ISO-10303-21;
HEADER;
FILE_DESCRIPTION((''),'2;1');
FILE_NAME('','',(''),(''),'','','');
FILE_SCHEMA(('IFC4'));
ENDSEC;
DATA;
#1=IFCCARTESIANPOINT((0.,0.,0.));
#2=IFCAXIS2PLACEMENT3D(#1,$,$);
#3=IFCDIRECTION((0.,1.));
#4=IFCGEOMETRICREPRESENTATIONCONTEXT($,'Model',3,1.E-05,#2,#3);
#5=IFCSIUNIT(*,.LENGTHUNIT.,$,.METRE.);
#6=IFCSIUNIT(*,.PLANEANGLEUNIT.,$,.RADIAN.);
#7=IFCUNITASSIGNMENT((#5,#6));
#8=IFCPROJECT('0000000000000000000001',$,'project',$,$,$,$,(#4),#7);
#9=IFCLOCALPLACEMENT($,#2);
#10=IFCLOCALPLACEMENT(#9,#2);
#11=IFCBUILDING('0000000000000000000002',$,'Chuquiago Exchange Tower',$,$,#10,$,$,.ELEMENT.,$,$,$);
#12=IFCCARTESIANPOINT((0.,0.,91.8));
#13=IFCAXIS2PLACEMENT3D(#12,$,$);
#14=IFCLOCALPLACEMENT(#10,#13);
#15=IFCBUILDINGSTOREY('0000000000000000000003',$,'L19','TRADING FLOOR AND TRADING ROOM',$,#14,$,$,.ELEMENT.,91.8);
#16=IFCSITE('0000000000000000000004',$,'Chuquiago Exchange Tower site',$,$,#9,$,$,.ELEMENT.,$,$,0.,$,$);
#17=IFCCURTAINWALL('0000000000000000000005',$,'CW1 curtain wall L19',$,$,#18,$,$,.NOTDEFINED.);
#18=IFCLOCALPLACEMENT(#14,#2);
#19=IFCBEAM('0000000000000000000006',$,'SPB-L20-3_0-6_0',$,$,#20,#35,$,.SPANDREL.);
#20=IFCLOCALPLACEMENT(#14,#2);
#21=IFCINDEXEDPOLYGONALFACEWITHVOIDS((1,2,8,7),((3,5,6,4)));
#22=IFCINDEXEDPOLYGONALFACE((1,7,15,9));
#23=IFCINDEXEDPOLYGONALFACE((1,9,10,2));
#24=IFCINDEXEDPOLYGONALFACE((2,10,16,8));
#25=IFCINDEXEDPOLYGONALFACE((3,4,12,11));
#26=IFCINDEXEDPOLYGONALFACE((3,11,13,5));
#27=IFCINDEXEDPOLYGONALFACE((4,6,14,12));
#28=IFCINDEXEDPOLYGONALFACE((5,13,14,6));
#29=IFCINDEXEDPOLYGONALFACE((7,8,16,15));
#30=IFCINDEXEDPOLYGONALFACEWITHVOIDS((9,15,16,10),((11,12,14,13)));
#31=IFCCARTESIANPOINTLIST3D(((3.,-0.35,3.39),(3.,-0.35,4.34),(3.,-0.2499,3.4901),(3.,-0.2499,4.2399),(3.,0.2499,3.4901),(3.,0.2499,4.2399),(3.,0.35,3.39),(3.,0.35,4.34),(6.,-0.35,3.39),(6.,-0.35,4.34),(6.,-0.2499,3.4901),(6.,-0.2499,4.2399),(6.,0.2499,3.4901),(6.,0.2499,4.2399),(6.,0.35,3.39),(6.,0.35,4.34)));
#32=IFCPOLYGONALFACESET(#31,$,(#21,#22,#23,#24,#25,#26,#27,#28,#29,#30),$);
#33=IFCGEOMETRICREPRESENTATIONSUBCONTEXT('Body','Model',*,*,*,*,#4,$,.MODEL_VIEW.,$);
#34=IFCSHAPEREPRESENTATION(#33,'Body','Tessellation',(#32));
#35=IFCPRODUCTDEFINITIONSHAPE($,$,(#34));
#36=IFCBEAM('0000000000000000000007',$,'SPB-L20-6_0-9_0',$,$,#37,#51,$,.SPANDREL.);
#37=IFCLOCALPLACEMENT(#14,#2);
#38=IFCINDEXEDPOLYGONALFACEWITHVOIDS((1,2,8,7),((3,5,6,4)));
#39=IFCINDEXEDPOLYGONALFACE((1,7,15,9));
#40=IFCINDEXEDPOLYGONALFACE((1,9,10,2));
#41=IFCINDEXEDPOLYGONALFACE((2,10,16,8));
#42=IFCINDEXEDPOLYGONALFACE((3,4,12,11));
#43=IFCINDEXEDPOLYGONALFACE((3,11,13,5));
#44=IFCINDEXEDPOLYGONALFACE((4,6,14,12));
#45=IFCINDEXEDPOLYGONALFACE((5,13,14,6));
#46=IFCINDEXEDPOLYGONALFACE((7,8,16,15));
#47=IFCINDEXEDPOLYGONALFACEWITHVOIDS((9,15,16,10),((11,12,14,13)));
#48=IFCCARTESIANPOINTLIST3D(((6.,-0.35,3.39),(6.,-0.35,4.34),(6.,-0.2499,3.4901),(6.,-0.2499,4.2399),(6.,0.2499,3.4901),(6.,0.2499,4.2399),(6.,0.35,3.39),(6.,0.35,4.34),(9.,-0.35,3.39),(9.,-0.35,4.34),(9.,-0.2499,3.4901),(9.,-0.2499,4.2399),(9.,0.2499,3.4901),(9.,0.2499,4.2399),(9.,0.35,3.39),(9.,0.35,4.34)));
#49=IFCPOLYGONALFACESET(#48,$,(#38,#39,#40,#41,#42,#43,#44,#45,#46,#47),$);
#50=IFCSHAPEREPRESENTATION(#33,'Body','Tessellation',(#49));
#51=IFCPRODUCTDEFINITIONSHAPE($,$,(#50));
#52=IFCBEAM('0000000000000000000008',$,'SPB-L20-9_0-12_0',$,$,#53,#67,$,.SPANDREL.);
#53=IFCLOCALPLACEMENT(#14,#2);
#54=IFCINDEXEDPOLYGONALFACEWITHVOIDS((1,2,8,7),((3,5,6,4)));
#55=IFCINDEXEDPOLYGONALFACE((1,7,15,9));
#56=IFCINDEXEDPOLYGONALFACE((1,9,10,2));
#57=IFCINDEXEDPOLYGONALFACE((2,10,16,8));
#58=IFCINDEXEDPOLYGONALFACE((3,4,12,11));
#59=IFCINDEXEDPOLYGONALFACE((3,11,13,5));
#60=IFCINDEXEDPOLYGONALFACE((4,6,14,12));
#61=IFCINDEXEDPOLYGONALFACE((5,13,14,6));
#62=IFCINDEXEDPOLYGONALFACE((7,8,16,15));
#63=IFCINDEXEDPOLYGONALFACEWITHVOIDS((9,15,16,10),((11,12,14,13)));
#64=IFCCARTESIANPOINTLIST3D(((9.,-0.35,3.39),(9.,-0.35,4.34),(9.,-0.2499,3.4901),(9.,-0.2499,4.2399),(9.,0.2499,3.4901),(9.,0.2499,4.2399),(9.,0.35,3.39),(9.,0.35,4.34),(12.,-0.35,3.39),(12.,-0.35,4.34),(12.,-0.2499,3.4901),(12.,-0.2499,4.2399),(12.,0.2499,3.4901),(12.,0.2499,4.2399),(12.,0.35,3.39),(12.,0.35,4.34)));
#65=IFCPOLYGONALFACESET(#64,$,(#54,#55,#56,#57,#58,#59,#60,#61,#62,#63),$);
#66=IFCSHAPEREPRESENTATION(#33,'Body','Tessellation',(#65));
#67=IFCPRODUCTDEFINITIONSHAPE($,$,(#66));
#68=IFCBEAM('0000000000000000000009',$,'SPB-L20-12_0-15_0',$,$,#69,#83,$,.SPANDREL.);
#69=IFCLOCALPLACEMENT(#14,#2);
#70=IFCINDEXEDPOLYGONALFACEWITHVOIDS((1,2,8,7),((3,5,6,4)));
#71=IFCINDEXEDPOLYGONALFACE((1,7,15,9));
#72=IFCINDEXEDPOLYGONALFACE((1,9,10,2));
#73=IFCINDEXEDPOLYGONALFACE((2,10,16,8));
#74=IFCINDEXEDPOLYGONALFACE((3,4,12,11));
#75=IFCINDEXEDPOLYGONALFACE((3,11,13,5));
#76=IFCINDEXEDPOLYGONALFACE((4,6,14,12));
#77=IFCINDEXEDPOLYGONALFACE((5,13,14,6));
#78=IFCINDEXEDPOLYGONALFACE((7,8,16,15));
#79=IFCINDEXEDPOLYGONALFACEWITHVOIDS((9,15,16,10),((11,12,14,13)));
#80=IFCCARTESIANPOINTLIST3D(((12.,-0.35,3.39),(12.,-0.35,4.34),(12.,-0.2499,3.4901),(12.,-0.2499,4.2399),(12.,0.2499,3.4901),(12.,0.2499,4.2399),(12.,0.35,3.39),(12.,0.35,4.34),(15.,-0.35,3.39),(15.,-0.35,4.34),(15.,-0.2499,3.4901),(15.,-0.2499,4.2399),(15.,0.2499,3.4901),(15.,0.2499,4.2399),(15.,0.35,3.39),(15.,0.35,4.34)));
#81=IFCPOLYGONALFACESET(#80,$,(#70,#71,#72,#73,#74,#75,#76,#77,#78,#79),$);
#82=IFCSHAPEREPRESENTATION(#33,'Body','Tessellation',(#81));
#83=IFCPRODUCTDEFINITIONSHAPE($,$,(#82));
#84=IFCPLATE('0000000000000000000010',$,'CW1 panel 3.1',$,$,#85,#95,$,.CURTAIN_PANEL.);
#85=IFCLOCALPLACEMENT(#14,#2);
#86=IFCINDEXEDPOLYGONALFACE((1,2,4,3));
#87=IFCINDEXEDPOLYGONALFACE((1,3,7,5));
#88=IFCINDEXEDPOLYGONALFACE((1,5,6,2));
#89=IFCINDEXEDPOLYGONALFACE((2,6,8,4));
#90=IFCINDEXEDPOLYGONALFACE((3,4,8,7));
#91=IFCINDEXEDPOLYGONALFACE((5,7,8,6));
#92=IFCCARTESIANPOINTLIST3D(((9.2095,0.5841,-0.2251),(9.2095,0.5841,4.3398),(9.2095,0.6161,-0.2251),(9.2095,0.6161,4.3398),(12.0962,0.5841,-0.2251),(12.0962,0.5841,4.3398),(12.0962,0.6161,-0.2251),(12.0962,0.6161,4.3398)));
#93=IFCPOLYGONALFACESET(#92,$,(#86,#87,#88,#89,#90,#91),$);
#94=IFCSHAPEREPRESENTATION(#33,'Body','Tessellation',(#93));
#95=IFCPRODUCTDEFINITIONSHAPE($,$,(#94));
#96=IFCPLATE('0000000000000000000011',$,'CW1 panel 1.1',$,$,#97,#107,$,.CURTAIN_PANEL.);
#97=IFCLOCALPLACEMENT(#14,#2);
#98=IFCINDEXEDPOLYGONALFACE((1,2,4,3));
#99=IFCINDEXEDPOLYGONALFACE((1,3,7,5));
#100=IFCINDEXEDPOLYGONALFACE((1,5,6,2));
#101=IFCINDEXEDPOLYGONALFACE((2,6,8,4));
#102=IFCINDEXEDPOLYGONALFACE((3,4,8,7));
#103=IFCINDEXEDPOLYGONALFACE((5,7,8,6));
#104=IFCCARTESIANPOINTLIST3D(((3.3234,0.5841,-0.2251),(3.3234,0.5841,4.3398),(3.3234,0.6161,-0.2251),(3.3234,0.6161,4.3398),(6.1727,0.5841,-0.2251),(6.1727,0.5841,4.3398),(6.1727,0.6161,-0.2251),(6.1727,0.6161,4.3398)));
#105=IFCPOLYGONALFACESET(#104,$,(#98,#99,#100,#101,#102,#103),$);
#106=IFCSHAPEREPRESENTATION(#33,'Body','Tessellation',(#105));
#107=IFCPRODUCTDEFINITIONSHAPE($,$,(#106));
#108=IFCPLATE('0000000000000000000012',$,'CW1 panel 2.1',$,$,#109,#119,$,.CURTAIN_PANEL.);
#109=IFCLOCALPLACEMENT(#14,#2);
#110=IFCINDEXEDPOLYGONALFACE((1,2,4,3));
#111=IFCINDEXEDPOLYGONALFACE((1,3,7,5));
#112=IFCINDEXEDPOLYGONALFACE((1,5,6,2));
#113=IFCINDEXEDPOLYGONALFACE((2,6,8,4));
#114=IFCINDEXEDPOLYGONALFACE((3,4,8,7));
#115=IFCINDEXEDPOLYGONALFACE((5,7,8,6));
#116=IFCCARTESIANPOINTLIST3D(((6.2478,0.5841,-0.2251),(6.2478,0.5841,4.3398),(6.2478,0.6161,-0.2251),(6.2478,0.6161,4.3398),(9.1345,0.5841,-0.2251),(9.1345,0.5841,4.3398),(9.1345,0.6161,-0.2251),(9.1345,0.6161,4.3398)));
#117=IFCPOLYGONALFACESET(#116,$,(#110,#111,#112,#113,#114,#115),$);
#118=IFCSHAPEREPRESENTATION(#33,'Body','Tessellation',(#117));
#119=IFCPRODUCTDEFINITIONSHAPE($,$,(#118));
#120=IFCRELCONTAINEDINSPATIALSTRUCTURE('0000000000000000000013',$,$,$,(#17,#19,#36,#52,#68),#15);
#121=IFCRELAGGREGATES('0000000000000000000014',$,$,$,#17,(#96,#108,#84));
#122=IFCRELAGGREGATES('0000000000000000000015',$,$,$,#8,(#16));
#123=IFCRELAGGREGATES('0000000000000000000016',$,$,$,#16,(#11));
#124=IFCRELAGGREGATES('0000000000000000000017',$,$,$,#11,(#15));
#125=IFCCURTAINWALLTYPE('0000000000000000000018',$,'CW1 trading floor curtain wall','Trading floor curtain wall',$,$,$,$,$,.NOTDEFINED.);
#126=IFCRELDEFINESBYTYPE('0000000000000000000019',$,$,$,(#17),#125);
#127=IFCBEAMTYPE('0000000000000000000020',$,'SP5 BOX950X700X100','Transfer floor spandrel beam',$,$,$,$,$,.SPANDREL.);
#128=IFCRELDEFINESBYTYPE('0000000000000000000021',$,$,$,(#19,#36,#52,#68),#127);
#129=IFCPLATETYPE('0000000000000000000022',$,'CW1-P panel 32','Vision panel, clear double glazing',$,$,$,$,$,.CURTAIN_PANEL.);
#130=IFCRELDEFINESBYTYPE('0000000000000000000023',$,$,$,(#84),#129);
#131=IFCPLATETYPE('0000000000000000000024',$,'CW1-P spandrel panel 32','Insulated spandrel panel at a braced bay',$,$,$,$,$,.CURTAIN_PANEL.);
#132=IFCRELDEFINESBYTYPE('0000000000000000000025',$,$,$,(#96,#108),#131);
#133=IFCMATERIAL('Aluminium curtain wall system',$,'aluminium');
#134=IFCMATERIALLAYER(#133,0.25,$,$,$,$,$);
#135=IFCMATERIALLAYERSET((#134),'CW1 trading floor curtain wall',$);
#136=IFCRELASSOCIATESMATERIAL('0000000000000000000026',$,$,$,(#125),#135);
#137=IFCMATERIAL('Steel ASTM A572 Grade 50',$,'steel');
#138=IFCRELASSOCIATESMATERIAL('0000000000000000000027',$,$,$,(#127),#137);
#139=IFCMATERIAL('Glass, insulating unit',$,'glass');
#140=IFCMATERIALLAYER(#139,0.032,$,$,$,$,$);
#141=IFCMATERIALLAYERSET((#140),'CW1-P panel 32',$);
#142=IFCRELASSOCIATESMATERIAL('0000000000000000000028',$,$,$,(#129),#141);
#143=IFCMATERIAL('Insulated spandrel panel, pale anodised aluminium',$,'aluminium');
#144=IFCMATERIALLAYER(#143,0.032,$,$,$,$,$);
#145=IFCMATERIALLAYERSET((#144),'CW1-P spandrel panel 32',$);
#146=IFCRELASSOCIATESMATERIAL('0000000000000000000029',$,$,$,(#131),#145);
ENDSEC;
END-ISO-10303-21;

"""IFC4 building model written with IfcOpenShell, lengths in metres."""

from ifc_helpers import new_model, si_unit, direction, frame, origin, origin_2d, place, context, subcontext, project, spatial, rectangle, hollow_rectangle, extrude, material, layer, layer_set, material_profile, profile_set, type_object, element, aggregate, save


model = new_model("IFC4")

# Units and contexts
model_context = context("Model", 3, precision=1e-05, world=origin(), true_north=direction((0.0, 1.0)))
body_context = subcontext(model_context, "Body", "Model", "MODEL_VIEW")
ifc_project = project(units=[si_unit("LENGTHUNIT", "METRE"), si_unit("PLANEANGLEUNIT", "RADIAN")], contexts=[model_context])

# Site, building, storey
site_placement = place(None, origin())
site = spatial("IfcSite", under=ifc_project, at=site_placement, Name="Chuquiago Exchange Tower site", CompositionType="ELEMENT", RefElevation=0.0)
building_placement = place(site_placement, origin())
building = spatial("IfcBuilding", under=site, at=building_placement, Name="Chuquiago Exchange Tower", CompositionType="ELEMENT")
storey_placement = place(building_placement, frame((0.0, 0.0, 91.8)))
storey = spatial("IfcBuildingStorey", under=building, at=storey_placement, Name="L19", Description="TRADING FLOOR AND TRADING ROOM", CompositionType="ELEMENT", Elevation=91.8)

# Curtain wall
ifc_material_1 = material(Name="Aluminium curtain wall system", Category="aluminium")
ifc_layer_1 = layer(ifc_material_1, 0.25)
ifc_layer_set_1 = layer_set([ifc_layer_1], Name="CW1 trading floor curtain wall")
curtain_wall_type = type_object("IfcCurtainWallType", Name="CW1 trading floor curtain wall", Description="Trading floor curtain wall", PredefinedType="NOTDEFINED", material=ifc_layer_set_1)
curtain_wall_placement = place(storey_placement, origin())
curtain_wall = element("IfcCurtainWall", 1, at=curtain_wall_placement, inside=storey, type_object=curtain_wall_type, Name="CW1 curtain wall L19", PredefinedType="NOTDEFINED")

# Beams
ifc_material_2 = material(Name="Steel ASTM A572 Grade 50", Category="steel")
ifc_material_profile_1 = material_profile(ifc_material_2, hollow_rectangle(XDim=0.7, YDim=0.95, WallThickness=0.1001, at=origin_2d()), Name="BOX950X700X100")
ifc_profile_set_1 = profile_set([ifc_material_profile_1], Name="Steel ASTM A572 Grade 50")
beam_type = type_object("IfcBeamType", Name="SP5 BOX950X700X100", Description="Transfer floor spandrel beam", PredefinedType="SPANDREL", material=ifc_profile_set_1)
for number, where, z_axis, x_axis, name in (
    (2, (3.0, 0.0, 3.865), (1.0, 0.0, 0.0), (0.0, 1.0, 0.0), "SPB-L20-3_0-6_0"),
    (3, (6.0, 0.0, 3.865), (1.0, 0.0, 0.0), (0.0, 1.0, 0.0), "SPB-L20-6_0-9_0"),
    (4, (9.0, 0.0, 3.865), (1.0, 0.0, 0.0), (0.0, 1.0, 0.0), "SPB-L20-9_0-12_0"),
    (5, (12.0, 0.0, 3.865), (1.0, 0.0, 0.0), (0.0, 1.0, 0.0), "SPB-L20-12_0-15_0"),
):
    element("IfcBeam", number, at=place(storey_placement, frame(where, z_axis=z_axis, x_axis=x_axis)), inside=storey, type_object=beam_type, Name=name, PredefinedType="SPANDREL", context=body_context, shape_type="SweptSolid", body=[
        extrude(hollow_rectangle(XDim=0.7, YDim=0.95, WallThickness=0.1001, at=origin_2d()), origin(), (0.0, 0.0, 1.0), 3.0),
    ])

# Plates
ifc_material_3 = material(Name="Glass, insulating unit", Category="glass")
ifc_layer_2 = layer(ifc_material_3, 0.032)
ifc_layer_set_2 = layer_set([ifc_layer_2], Name="CW1-P panel 32")
plate_type_1 = type_object("IfcPlateType", Name="CW1-P panel 32", Description="Vision panel, clear double glazing", PredefinedType="CURTAIN_PANEL", material=ifc_layer_set_2)
plate_1_placement = place(storey_placement, frame((10.6528, 0.6001, -0.2251), z_axis=(0.0, 0.0, 1.0), x_axis=(1.0, 0.0, 0.0)))
plate_1 = element("IfcPlate", 6, at=plate_1_placement, type_object=plate_type_1, Name="CW1 panel 3.1", PredefinedType="CURTAIN_PANEL", context=body_context, shape_type="SweptSolid", body=[
    extrude(rectangle(XDim=2.8867, YDim=0.032, at=origin_2d()), origin(), (0.0, 0.0, 1.0), 4.5649),
])
ifc_material_4 = material(Name="Insulated spandrel panel, pale anodised aluminium", Category="aluminium")
ifc_layer_3 = layer(ifc_material_4, 0.032)
ifc_layer_set_3 = layer_set([ifc_layer_3], Name="CW1-P spandrel panel 32")
plate_type_2 = type_object("IfcPlateType", Name="CW1-P spandrel panel 32", Description="Insulated spandrel panel at a braced bay", PredefinedType="CURTAIN_PANEL", material=ifc_layer_set_3)
plate_2_placement = place(storey_placement, frame((4.748, 0.6001, -0.2251), z_axis=(0.0, 0.0, 1.0), x_axis=(1.0, 0.0, 0.0)))
plate_2 = element("IfcPlate", 7, at=plate_2_placement, type_object=plate_type_2, Name="CW1 panel 1.1", PredefinedType="CURTAIN_PANEL", context=body_context, shape_type="SweptSolid", body=[
    extrude(rectangle(XDim=2.8494, YDim=0.032, at=origin_2d()), origin(), (0.0, 0.0, 1.0), 4.5649),
])
plate_3_placement = place(storey_placement, frame((7.6912, 0.6001, -0.2251), z_axis=(0.0, 0.0, 1.0), x_axis=(1.0, 0.0, 0.0)))
plate_3 = element("IfcPlate", 8, at=plate_3_placement, type_object=plate_type_2, Name="CW1 panel 2.1", PredefinedType="CURTAIN_PANEL", context=body_context, shape_type="SweptSolid", body=[
    extrude(rectangle(XDim=2.8867, YDim=0.032, at=origin_2d()), origin(), (0.0, 0.0, 1.0), 4.5649),
])
aggregate(curtain_wall, [plate_2, plate_3, plate_1])

save(model, "model.ifc")
